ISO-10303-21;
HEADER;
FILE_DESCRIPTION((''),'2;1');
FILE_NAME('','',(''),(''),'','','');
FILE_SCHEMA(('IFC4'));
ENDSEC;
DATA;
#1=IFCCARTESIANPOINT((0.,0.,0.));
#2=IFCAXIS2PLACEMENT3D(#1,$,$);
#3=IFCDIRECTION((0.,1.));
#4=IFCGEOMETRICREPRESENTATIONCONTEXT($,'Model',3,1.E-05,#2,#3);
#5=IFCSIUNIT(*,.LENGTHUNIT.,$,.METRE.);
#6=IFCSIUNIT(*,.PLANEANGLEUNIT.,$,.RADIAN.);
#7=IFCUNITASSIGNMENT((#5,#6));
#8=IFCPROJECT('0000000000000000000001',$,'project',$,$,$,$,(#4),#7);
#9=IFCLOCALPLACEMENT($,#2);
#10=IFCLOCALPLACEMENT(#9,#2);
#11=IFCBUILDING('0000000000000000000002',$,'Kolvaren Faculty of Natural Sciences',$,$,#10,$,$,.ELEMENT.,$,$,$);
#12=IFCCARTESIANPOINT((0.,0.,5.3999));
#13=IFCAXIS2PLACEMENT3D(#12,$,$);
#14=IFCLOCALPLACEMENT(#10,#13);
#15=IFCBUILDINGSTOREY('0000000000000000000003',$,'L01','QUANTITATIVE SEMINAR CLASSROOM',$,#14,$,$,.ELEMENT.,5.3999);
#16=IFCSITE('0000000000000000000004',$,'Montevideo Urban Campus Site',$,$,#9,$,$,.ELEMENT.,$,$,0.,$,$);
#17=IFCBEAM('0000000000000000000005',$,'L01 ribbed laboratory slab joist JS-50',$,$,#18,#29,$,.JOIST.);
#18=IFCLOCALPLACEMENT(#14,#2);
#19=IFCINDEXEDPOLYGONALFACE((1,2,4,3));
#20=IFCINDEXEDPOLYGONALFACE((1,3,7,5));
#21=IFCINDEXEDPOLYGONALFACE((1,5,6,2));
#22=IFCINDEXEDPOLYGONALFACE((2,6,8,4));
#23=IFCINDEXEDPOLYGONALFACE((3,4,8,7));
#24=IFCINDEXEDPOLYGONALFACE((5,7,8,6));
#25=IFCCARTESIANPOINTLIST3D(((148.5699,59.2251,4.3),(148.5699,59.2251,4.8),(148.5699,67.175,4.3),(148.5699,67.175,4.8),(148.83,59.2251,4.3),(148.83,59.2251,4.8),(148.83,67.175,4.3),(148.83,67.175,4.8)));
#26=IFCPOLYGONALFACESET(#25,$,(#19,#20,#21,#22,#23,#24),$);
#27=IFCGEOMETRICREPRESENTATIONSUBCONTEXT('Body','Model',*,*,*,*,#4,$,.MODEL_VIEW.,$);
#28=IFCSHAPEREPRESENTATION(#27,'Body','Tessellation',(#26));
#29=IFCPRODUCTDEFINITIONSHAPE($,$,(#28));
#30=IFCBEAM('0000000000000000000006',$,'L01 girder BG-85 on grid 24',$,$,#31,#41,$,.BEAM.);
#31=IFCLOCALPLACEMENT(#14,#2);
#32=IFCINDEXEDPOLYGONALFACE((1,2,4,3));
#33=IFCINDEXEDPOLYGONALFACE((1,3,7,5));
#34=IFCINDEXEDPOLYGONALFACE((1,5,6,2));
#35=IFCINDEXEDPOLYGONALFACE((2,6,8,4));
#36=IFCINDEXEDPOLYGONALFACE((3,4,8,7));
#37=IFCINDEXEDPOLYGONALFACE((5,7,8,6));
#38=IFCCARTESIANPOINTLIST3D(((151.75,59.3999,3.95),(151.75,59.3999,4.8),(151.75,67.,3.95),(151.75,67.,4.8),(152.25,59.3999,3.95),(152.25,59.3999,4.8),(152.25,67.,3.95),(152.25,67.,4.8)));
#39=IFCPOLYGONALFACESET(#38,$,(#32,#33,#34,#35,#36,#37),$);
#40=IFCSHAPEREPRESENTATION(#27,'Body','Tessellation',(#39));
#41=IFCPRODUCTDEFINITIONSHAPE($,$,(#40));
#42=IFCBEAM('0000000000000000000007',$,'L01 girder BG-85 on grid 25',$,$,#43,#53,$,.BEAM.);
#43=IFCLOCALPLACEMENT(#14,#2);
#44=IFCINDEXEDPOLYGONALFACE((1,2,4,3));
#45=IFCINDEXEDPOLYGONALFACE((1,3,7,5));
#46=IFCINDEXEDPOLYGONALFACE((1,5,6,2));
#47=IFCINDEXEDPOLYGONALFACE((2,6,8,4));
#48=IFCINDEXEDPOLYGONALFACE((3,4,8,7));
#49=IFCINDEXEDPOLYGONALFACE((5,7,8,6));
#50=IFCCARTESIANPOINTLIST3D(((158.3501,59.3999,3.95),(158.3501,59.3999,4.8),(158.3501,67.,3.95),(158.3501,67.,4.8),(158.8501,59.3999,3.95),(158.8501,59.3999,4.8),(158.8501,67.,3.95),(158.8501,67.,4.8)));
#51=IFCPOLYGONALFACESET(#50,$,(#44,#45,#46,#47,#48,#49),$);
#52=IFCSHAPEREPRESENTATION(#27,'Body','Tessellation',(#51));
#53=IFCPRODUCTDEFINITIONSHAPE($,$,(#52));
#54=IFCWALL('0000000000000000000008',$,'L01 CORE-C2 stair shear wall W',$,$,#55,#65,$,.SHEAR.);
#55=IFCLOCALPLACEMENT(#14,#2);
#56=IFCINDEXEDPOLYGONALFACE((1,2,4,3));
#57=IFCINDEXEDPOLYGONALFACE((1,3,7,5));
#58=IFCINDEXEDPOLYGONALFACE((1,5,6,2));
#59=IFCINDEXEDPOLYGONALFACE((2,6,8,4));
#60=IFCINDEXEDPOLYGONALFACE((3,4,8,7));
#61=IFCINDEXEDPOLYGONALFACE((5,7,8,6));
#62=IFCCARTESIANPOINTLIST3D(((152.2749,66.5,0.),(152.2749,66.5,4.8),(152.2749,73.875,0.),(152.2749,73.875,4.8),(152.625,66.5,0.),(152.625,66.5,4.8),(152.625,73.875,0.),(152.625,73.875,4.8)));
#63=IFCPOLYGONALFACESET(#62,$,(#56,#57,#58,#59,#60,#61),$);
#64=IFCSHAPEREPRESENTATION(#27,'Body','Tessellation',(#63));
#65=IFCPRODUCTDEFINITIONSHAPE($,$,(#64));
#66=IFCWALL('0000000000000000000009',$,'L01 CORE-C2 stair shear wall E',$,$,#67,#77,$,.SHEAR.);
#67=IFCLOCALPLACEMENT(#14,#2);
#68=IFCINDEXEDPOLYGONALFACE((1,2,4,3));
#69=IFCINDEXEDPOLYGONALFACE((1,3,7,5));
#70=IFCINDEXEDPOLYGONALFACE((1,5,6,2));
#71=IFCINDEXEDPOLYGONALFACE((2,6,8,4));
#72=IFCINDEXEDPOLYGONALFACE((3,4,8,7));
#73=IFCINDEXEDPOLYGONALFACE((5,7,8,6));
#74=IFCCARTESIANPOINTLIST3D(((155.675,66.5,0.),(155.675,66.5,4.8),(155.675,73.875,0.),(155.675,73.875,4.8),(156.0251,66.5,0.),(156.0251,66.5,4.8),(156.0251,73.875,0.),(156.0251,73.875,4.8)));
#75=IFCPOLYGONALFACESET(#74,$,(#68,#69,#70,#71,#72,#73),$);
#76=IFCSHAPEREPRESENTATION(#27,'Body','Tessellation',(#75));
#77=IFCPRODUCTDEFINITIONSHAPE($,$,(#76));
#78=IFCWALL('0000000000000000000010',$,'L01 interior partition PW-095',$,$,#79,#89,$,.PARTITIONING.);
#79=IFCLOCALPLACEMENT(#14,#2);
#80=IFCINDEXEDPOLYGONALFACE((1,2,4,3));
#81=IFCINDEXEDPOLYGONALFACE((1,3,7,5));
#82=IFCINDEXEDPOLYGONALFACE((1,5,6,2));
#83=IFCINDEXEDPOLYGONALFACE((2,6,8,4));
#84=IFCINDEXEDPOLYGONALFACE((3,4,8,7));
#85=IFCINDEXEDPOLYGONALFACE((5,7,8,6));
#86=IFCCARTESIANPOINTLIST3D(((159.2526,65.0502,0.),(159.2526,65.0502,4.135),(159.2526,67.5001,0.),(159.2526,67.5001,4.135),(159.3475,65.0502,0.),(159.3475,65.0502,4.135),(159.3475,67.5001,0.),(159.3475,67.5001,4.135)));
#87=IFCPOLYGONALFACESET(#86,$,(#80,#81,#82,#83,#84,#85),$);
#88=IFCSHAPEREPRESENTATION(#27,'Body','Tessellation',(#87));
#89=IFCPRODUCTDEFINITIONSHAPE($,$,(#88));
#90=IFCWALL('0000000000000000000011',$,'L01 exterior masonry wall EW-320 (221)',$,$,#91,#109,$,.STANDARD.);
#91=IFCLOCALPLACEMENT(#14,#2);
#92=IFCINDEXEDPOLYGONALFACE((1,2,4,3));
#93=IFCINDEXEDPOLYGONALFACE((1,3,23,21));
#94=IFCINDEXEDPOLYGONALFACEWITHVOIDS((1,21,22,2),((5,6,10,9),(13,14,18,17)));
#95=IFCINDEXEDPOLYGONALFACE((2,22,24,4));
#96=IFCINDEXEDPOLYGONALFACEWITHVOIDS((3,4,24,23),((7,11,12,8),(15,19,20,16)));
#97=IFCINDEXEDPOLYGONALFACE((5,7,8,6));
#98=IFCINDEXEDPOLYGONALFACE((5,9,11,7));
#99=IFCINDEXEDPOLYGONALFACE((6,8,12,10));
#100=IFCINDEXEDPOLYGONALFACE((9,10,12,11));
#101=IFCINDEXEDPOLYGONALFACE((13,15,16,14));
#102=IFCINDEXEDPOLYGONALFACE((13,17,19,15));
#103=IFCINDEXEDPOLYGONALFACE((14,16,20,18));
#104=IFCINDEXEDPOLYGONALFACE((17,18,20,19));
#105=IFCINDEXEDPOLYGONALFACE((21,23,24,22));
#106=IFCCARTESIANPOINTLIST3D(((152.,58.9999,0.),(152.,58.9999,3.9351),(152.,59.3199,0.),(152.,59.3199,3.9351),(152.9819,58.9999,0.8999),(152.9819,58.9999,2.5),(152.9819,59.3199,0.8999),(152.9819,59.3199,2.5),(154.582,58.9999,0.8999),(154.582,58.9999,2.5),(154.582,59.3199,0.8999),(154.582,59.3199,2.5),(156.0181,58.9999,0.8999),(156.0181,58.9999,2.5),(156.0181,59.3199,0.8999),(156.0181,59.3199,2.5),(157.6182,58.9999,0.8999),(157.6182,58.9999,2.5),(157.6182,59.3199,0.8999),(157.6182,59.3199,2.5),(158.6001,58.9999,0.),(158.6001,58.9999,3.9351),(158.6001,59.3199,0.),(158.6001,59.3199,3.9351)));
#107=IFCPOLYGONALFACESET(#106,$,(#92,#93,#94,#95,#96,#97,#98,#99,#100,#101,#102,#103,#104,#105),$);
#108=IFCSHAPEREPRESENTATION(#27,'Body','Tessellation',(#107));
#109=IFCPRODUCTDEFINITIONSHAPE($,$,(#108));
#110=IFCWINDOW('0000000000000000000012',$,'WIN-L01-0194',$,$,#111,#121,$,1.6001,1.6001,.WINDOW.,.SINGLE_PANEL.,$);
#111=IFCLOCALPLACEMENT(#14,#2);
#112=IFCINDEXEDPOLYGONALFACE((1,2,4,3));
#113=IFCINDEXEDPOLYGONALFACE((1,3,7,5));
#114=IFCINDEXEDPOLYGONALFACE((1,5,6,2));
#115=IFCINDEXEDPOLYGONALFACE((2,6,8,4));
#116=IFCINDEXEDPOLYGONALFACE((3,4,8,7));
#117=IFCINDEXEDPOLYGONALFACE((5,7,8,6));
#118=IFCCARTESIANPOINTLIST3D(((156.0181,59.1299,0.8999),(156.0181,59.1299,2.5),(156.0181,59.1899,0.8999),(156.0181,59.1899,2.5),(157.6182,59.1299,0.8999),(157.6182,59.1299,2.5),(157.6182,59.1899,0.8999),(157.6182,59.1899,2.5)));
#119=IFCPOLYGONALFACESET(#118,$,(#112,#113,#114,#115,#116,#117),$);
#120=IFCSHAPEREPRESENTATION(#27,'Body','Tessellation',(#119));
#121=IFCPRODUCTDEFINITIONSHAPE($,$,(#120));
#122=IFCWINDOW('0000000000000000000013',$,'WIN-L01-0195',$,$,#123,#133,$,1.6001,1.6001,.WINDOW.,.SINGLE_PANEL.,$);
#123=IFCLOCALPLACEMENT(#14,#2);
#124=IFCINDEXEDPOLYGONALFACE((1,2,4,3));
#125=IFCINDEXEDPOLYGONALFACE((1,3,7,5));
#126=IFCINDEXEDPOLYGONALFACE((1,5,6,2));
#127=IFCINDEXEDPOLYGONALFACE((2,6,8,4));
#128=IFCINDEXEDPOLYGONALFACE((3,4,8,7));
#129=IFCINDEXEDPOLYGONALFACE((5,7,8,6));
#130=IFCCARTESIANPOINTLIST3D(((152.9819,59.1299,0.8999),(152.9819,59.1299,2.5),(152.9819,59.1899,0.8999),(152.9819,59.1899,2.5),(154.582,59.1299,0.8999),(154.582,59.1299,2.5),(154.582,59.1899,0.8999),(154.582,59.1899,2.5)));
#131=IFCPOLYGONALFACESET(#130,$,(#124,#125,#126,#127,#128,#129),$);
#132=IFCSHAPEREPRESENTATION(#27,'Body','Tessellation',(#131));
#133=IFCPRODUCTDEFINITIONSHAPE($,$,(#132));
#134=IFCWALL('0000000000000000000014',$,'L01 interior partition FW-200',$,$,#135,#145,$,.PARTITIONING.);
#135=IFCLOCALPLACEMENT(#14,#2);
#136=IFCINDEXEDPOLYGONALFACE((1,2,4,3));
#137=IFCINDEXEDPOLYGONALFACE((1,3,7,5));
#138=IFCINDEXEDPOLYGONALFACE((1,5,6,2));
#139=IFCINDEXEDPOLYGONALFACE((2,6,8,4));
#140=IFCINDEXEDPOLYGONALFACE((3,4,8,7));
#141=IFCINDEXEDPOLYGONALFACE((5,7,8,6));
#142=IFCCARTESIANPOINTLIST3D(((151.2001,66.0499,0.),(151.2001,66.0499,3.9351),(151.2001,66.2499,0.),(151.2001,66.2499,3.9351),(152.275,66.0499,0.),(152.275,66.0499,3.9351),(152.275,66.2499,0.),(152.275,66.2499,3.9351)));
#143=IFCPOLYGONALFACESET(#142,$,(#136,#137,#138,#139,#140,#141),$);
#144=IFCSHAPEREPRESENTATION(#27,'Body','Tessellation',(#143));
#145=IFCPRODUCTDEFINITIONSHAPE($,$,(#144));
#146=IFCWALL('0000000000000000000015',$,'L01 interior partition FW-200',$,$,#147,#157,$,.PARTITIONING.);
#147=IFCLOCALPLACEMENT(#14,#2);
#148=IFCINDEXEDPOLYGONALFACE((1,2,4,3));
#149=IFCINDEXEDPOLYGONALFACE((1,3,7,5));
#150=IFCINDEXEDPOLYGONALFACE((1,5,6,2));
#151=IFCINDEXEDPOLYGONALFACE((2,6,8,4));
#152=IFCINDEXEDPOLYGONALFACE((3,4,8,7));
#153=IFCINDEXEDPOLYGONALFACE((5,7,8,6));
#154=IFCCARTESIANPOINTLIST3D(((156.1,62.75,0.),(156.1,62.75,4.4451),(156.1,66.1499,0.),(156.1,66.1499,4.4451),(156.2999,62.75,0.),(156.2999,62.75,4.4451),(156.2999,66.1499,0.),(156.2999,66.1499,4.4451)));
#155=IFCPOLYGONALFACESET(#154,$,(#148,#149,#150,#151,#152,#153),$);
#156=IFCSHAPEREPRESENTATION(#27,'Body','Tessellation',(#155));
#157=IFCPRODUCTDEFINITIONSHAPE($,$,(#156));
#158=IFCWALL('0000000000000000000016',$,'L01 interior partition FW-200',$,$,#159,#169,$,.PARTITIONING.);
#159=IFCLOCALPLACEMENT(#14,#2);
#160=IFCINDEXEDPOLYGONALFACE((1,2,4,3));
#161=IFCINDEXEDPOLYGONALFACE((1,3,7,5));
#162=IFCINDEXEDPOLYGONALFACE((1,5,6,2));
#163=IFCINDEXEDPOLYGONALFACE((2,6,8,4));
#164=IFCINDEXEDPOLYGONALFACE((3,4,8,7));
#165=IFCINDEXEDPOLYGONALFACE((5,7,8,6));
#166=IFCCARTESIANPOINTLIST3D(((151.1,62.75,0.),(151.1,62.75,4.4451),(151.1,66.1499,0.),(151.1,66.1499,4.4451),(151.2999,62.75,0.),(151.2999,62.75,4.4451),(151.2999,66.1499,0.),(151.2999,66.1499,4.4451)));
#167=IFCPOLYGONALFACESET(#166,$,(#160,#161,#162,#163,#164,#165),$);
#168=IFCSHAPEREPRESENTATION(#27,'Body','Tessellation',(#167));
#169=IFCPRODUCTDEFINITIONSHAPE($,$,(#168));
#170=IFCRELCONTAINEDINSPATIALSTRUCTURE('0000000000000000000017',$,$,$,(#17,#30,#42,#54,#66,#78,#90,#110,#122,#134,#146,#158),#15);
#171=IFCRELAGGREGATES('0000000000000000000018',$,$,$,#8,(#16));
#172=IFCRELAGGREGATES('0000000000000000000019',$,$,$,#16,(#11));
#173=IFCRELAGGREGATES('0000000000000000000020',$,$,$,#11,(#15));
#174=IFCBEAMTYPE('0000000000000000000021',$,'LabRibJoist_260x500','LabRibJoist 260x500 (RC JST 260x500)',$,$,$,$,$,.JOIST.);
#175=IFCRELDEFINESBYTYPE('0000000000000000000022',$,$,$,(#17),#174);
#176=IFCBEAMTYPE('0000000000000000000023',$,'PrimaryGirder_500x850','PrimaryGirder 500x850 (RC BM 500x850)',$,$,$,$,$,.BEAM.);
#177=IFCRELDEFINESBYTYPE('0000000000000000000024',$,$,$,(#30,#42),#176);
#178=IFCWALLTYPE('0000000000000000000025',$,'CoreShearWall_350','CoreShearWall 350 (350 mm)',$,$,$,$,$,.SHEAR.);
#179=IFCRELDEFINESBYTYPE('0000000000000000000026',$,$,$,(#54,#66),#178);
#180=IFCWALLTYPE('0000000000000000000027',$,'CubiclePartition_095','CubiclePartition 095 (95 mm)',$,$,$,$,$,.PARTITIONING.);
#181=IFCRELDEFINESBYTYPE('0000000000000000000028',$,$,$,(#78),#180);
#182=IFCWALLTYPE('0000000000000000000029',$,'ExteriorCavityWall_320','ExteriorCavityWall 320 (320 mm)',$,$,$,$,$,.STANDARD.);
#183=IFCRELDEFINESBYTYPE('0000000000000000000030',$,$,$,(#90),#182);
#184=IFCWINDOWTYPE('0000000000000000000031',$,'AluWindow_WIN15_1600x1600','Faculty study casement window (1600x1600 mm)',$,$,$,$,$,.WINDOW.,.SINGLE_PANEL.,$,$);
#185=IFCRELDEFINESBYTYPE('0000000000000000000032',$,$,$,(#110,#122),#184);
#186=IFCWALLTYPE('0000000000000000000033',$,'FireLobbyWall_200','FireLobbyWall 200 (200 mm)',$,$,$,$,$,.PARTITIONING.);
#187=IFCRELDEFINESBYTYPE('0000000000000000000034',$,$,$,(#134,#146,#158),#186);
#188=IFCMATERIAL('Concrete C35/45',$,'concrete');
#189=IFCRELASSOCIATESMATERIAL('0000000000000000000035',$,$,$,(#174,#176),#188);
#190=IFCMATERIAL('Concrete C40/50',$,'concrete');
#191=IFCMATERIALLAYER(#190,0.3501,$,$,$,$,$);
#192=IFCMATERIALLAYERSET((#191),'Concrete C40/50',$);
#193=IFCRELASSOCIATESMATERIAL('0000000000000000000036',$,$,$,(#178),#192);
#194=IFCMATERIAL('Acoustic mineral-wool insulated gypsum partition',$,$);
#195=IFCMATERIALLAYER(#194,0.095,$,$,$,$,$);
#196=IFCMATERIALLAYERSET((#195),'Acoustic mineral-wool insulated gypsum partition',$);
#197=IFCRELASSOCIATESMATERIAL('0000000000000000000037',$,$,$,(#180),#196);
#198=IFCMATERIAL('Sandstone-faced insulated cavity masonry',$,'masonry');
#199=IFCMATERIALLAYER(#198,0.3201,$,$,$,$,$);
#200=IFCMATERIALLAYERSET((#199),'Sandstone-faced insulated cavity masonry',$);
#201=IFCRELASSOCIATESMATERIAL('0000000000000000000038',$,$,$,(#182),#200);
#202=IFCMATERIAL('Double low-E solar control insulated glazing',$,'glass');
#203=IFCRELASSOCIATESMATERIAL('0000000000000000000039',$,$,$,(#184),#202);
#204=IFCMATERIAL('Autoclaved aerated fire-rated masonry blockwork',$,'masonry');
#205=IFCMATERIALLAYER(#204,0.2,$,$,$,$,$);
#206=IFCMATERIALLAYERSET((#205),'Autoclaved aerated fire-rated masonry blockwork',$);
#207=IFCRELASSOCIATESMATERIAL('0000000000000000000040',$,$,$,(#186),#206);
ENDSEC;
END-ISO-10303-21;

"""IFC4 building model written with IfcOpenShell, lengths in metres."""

from ifc_helpers import new_model, si_unit, direction, frame, frame_2d, origin, origin_2d, place, context, subcontext, project, spatial, rectangle, extrude, material, layer, layer_set, material_profile, profile_set, type_object, element, fill, save


model = new_model("IFC4")

# Units and contexts
model_context = context("Model", 3, precision=1e-05, world=origin(), true_north=direction((0.0, 1.0)))
body_context = subcontext(model_context, "Body", "Model", "MODEL_VIEW")
ifc_project = project(units=[si_unit("LENGTHUNIT", "METRE"), si_unit("PLANEANGLEUNIT", "RADIAN")], contexts=[model_context])

# Site, building, storey
site_placement = place(None, origin())
site = spatial("IfcSite", under=ifc_project, at=site_placement, Name="Montevideo Urban Campus Site", CompositionType="ELEMENT", RefElevation=0.0)
building_placement = place(site_placement, origin())
building = spatial("IfcBuilding", under=site, at=building_placement, Name="Kolvaren Faculty of Natural Sciences", CompositionType="ELEMENT")
storey_placement = place(building_placement, frame((0.0, 0.0, 5.3999)))
storey = spatial("IfcBuildingStorey", under=building, at=storey_placement, Name="L01", Description="QUANTITATIVE SEMINAR CLASSROOM", CompositionType="ELEMENT", Elevation=5.3999)

# Beams
ifc_material_1 = material(Name="Concrete C35/45", Category="concrete")
ifc_material_profile_1 = material_profile(ifc_material_1, rectangle(XDim=0.26, YDim=0.5, at=origin_2d()), Name="RC JST 260x500")
ifc_profile_set_1 = profile_set([ifc_material_profile_1], Name="Concrete C35/45")
beam_type_1 = type_object("IfcBeamType", Name="LabRibJoist_260x500", Description="LabRibJoist 260x500 (RC JST 260x500)", PredefinedType="JOIST", material=ifc_profile_set_1)
beam_placement = place(storey_placement, frame((148.7, 59.2251, 4.55), z_axis=(0.0, 1.0, 0.0), x_axis=(-1.0, 0.0, 0.0)))
element("IfcBeam", 1, at=beam_placement, inside=storey, type_object=beam_type_1, Name="L01 ribbed laboratory slab joist JS-50", PredefinedType="JOIST", context=body_context, shape_type="SweptSolid", body=[
    extrude(rectangle(XDim=0.26, YDim=0.5, at=origin_2d()), origin(), (0.0, 0.0, 1.0), 7.95),
])
ifc_material_profile_2 = material_profile(ifc_material_1, rectangle(XDim=0.5, YDim=0.8501, at=origin_2d()), Name="RC BM 500x850")
ifc_profile_set_2 = profile_set([ifc_material_profile_2], Name="Concrete C35/45")
beam_type_2 = type_object("IfcBeamType", Name="PrimaryGirder_500x850", Description="PrimaryGirder 500x850 (RC BM 500x850)", PredefinedType="BEAM", material=ifc_profile_set_2)
for number, where, z_axis, x_axis, name in (
    (2, (152.0, 59.3999, 4.375), (0.0, 1.0, 0.0), (-1.0, 0.0, 0.0), "L01 girder BG-85 on grid 24"),
    (3, (158.6001, 59.3999, 4.375), (0.0, 1.0, 0.0), (-1.0, 0.0, 0.0), "L01 girder BG-85 on grid 25"),
):
    element("IfcBeam", number, at=place(storey_placement, frame(where, z_axis=z_axis, x_axis=x_axis)), inside=storey, type_object=beam_type_2, Name=name, PredefinedType="BEAM", context=body_context, shape_type="SweptSolid", body=[
        extrude(rectangle(XDim=0.5, YDim=0.8501, at=origin_2d()), origin(), (0.0, 0.0, 1.0), 7.6001),
    ])

# Shared definitions
ifc_material_2 = material(Name="Concrete C40/50", Category="concrete")
ifc_layer_1 = layer(ifc_material_2, 0.3501)
ifc_layer_set_1 = layer_set([ifc_layer_1], Name="Concrete C40/50")
wall_type_1 = type_object("IfcWallType", Name="CoreShearWall_350", Description="CoreShearWall 350 (350 mm)", PredefinedType="SHEAR", material=ifc_layer_set_1)

# Walls
for number, where, z_axis, x_axis, name in (
    (4, (152.45, 66.5, 0.0), (0.0, 0.0, 1.0), (0.0, 1.0, 0.0), "L01 CORE-C2 stair shear wall W"),
    (5, (155.8501, 66.5, 0.0), (0.0, 0.0, 1.0), (0.0, 1.0, 0.0), "L01 CORE-C2 stair shear wall E"),
):
    element("IfcWall", number, at=place(storey_placement, frame(where, z_axis=z_axis, x_axis=x_axis)), inside=storey, type_object=wall_type_1, Name=name, PredefinedType="SHEAR", context=body_context, shape_type="SweptSolid", body=[
        extrude(rectangle(XDim=7.375, YDim=0.3501, at=frame_2d((3.6875, 0.0))), origin(), (0.0, 0.0, 1.0), 4.8),
    ])
ifc_material_3 = material(Name="Acoustic mineral-wool insulated gypsum partition")
ifc_layer_2 = layer(ifc_material_3, 0.095)
ifc_layer_set_2 = layer_set([ifc_layer_2], Name="Acoustic mineral-wool insulated gypsum partition")
wall_type_2 = type_object("IfcWallType", Name="CubiclePartition_095", Description="CubiclePartition 095 (95 mm)", PredefinedType="PARTITIONING", material=ifc_layer_set_2)
wall_1_placement = place(storey_placement, frame((159.3, 65.05, 0.0), z_axis=(0.0, 0.0, 1.0), x_axis=(0.0, 1.0, 0.0)))
element("IfcWall", 6, at=wall_1_placement, inside=storey, type_object=wall_type_2, Name="L01 interior partition PW-095", PredefinedType="PARTITIONING", context=body_context, shape_type="SweptSolid", body=[
    extrude(rectangle(XDim=2.45, YDim=0.095, at=frame_2d((1.2251, 0.0))), origin(), (0.0, 0.0, 1.0), 4.135),
])

# Wall, openings, windows
ifc_material_4 = material(Name="Sandstone-faced insulated cavity masonry", Category="masonry")
ifc_layer_3 = layer(ifc_material_4, 0.3201)
ifc_layer_set_3 = layer_set([ifc_layer_3], Name="Sandstone-faced insulated cavity masonry")
wall_type_3 = type_object("IfcWallType", Name="ExteriorCavityWall_320", Description="ExteriorCavityWall 320 (320 mm)", PredefinedType="STANDARD", material=ifc_layer_set_3)
wall_2_placement = place(storey_placement, frame((158.6001, 59.1599, 0.0), z_axis=(0.0, 0.0, 1.0), x_axis=(-1.0, 0.0, 0.0)))
wall_2 = element("IfcWall", 7, at=wall_2_placement, inside=storey, type_object=wall_type_3, Name="L01 exterior masonry wall EW-320 (221)", PredefinedType="STANDARD", context=body_context, shape_type="SweptSolid", body=[
    extrude(rectangle(XDim=6.6001, YDim=0.3201, at=frame_2d((3.3, 0.0))), origin(), (0.0, 0.0, 1.0), 3.9351),
])
opening_1_placement = place(wall_2_placement, frame((0.9819, 0.0, 0.8999)))
opening_1 = element("IfcOpeningElement", 8, at=opening_1_placement, cuts=wall_2, PredefinedType="OPENING", context=body_context, shape_type="SweptSolid", body=[
    extrude(rectangle(XDim=1.6001, YDim=1.6001, at=frame_2d((0.8, 0.8))), frame((0.0, 0.1699, 0.0), z_axis=(0.0, -1.0, 0.0), x_axis=(1.0, 0.0, 0.0)), (0.0, 0.0, 1.0), 0.3401),
])
opening_2_placement = place(wall_2_placement, frame((4.0181, 0.0, 0.8999)))
opening_2 = element("IfcOpeningElement", 9, at=opening_2_placement, cuts=wall_2, PredefinedType="OPENING", context=body_context, shape_type="SweptSolid", body=[
    extrude(rectangle(XDim=1.6001, YDim=1.6001, at=frame_2d((0.8, 0.8))), frame((0.0, 0.1699, 0.0), z_axis=(0.0, -1.0, 0.0), x_axis=(1.0, 0.0, 0.0)), (0.0, 0.0, 1.0), 0.3401),
])
ifc_material_5 = material(Name="Double low-E solar control insulated glazing", Category="glass")
window_type = type_object("IfcWindowType", Name="AluWindow_WIN15_1600x1600", Description="Faculty study casement window (1600x1600 mm)", PartitioningType="SINGLE_PANEL", PredefinedType="WINDOW", material=ifc_material_5)
window_1_placement = place(opening_1_placement, origin())
window_1 = element("IfcWindow", 10, at=window_1_placement, inside=storey, type_object=window_type, Name="WIN-L01-0194", OverallHeight=1.6001, OverallWidth=1.6001, PartitioningType="SINGLE_PANEL", PredefinedType="WINDOW", context=body_context, shape_type="SweptSolid", body=[
    extrude(rectangle(XDim=1.6001, YDim=1.6001, at=frame_2d((0.8, 0.8))), frame((0.0, 0.03, 0.0), z_axis=(0.0, -1.0, 0.0), x_axis=(1.0, 0.0, 0.0)), (0.0, 0.0, 1.0), 0.0601),
])
fill(opening_1, window_1)
window_2_placement = place(opening_2_placement, origin())
window_2 = element("IfcWindow", 11, at=window_2_placement, inside=storey, type_object=window_type, Name="WIN-L01-0195", OverallHeight=1.6001, OverallWidth=1.6001, PartitioningType="SINGLE_PANEL", PredefinedType="WINDOW", context=body_context, shape_type="SweptSolid", body=[
    extrude(rectangle(XDim=1.6001, YDim=1.6001, at=frame_2d((0.8, 0.8))), frame((0.0, 0.03, 0.0), z_axis=(0.0, -1.0, 0.0), x_axis=(1.0, 0.0, 0.0)), (0.0, 0.0, 1.0), 0.0601),
])
fill(opening_2, window_2)

# Walls
ifc_material_6 = material(Name="Autoclaved aerated fire-rated masonry blockwork", Category="masonry")
ifc_layer_4 = layer(ifc_material_6, 0.2)
ifc_layer_set_4 = layer_set([ifc_layer_4], Name="Autoclaved aerated fire-rated masonry blockwork")
wall_type_4 = type_object("IfcWallType", Name="FireLobbyWall_200", Description="FireLobbyWall 200 (200 mm)", PredefinedType="PARTITIONING", material=ifc_layer_set_4)
wall_3_placement = place(storey_placement, frame((151.2, 66.1499, 0.0), z_axis=(0.0, 0.0, 1.0), x_axis=(1.0, 0.0, 0.0)))
element("IfcWall", 12, at=wall_3_placement, inside=storey, type_object=wall_type_4, Name="L01 interior partition FW-200", PredefinedType="PARTITIONING", context=body_context, shape_type="SweptSolid", body=[
    extrude(rectangle(XDim=1.075, YDim=0.2, at=frame_2d((0.5376, 0.0))), origin(), (0.0, 0.0, 1.0), 3.9351),
])
wall_4_placement = place(storey_placement, frame((156.2, 66.1499, 0.0), z_axis=(0.0, 0.0, 1.0), x_axis=(0.0, -1.0, 0.0)))
element("IfcWall", 13, at=wall_4_placement, inside=storey, type_object=wall_type_4, Name="L01 interior partition FW-200", PredefinedType="PARTITIONING", context=body_context, shape_type="SweptSolid", body=[
    extrude(rectangle(XDim=3.3999, YDim=0.2, at=frame_2d((1.7, 0.0))), origin(), (0.0, 0.0, 1.0), 4.4451),
])

# Wall
wall_5_placement = place(storey_placement, frame((151.2, 62.75, 0.0), z_axis=(0.0, 0.0, 1.0), x_axis=(0.0, 1.0, 0.0)))
element("IfcWall", 14, at=wall_5_placement, inside=storey, type_object=wall_type_4, Name="L01 interior partition FW-200", PredefinedType="PARTITIONING", context=body_context, shape_type="SweptSolid", body=[
    extrude(rectangle(XDim=3.3999, YDim=0.2, at=frame_2d((1.7, 0.0))), origin(), (0.0, 0.0, 1.0), 4.4451),
])

save(model, "model.ifc")
